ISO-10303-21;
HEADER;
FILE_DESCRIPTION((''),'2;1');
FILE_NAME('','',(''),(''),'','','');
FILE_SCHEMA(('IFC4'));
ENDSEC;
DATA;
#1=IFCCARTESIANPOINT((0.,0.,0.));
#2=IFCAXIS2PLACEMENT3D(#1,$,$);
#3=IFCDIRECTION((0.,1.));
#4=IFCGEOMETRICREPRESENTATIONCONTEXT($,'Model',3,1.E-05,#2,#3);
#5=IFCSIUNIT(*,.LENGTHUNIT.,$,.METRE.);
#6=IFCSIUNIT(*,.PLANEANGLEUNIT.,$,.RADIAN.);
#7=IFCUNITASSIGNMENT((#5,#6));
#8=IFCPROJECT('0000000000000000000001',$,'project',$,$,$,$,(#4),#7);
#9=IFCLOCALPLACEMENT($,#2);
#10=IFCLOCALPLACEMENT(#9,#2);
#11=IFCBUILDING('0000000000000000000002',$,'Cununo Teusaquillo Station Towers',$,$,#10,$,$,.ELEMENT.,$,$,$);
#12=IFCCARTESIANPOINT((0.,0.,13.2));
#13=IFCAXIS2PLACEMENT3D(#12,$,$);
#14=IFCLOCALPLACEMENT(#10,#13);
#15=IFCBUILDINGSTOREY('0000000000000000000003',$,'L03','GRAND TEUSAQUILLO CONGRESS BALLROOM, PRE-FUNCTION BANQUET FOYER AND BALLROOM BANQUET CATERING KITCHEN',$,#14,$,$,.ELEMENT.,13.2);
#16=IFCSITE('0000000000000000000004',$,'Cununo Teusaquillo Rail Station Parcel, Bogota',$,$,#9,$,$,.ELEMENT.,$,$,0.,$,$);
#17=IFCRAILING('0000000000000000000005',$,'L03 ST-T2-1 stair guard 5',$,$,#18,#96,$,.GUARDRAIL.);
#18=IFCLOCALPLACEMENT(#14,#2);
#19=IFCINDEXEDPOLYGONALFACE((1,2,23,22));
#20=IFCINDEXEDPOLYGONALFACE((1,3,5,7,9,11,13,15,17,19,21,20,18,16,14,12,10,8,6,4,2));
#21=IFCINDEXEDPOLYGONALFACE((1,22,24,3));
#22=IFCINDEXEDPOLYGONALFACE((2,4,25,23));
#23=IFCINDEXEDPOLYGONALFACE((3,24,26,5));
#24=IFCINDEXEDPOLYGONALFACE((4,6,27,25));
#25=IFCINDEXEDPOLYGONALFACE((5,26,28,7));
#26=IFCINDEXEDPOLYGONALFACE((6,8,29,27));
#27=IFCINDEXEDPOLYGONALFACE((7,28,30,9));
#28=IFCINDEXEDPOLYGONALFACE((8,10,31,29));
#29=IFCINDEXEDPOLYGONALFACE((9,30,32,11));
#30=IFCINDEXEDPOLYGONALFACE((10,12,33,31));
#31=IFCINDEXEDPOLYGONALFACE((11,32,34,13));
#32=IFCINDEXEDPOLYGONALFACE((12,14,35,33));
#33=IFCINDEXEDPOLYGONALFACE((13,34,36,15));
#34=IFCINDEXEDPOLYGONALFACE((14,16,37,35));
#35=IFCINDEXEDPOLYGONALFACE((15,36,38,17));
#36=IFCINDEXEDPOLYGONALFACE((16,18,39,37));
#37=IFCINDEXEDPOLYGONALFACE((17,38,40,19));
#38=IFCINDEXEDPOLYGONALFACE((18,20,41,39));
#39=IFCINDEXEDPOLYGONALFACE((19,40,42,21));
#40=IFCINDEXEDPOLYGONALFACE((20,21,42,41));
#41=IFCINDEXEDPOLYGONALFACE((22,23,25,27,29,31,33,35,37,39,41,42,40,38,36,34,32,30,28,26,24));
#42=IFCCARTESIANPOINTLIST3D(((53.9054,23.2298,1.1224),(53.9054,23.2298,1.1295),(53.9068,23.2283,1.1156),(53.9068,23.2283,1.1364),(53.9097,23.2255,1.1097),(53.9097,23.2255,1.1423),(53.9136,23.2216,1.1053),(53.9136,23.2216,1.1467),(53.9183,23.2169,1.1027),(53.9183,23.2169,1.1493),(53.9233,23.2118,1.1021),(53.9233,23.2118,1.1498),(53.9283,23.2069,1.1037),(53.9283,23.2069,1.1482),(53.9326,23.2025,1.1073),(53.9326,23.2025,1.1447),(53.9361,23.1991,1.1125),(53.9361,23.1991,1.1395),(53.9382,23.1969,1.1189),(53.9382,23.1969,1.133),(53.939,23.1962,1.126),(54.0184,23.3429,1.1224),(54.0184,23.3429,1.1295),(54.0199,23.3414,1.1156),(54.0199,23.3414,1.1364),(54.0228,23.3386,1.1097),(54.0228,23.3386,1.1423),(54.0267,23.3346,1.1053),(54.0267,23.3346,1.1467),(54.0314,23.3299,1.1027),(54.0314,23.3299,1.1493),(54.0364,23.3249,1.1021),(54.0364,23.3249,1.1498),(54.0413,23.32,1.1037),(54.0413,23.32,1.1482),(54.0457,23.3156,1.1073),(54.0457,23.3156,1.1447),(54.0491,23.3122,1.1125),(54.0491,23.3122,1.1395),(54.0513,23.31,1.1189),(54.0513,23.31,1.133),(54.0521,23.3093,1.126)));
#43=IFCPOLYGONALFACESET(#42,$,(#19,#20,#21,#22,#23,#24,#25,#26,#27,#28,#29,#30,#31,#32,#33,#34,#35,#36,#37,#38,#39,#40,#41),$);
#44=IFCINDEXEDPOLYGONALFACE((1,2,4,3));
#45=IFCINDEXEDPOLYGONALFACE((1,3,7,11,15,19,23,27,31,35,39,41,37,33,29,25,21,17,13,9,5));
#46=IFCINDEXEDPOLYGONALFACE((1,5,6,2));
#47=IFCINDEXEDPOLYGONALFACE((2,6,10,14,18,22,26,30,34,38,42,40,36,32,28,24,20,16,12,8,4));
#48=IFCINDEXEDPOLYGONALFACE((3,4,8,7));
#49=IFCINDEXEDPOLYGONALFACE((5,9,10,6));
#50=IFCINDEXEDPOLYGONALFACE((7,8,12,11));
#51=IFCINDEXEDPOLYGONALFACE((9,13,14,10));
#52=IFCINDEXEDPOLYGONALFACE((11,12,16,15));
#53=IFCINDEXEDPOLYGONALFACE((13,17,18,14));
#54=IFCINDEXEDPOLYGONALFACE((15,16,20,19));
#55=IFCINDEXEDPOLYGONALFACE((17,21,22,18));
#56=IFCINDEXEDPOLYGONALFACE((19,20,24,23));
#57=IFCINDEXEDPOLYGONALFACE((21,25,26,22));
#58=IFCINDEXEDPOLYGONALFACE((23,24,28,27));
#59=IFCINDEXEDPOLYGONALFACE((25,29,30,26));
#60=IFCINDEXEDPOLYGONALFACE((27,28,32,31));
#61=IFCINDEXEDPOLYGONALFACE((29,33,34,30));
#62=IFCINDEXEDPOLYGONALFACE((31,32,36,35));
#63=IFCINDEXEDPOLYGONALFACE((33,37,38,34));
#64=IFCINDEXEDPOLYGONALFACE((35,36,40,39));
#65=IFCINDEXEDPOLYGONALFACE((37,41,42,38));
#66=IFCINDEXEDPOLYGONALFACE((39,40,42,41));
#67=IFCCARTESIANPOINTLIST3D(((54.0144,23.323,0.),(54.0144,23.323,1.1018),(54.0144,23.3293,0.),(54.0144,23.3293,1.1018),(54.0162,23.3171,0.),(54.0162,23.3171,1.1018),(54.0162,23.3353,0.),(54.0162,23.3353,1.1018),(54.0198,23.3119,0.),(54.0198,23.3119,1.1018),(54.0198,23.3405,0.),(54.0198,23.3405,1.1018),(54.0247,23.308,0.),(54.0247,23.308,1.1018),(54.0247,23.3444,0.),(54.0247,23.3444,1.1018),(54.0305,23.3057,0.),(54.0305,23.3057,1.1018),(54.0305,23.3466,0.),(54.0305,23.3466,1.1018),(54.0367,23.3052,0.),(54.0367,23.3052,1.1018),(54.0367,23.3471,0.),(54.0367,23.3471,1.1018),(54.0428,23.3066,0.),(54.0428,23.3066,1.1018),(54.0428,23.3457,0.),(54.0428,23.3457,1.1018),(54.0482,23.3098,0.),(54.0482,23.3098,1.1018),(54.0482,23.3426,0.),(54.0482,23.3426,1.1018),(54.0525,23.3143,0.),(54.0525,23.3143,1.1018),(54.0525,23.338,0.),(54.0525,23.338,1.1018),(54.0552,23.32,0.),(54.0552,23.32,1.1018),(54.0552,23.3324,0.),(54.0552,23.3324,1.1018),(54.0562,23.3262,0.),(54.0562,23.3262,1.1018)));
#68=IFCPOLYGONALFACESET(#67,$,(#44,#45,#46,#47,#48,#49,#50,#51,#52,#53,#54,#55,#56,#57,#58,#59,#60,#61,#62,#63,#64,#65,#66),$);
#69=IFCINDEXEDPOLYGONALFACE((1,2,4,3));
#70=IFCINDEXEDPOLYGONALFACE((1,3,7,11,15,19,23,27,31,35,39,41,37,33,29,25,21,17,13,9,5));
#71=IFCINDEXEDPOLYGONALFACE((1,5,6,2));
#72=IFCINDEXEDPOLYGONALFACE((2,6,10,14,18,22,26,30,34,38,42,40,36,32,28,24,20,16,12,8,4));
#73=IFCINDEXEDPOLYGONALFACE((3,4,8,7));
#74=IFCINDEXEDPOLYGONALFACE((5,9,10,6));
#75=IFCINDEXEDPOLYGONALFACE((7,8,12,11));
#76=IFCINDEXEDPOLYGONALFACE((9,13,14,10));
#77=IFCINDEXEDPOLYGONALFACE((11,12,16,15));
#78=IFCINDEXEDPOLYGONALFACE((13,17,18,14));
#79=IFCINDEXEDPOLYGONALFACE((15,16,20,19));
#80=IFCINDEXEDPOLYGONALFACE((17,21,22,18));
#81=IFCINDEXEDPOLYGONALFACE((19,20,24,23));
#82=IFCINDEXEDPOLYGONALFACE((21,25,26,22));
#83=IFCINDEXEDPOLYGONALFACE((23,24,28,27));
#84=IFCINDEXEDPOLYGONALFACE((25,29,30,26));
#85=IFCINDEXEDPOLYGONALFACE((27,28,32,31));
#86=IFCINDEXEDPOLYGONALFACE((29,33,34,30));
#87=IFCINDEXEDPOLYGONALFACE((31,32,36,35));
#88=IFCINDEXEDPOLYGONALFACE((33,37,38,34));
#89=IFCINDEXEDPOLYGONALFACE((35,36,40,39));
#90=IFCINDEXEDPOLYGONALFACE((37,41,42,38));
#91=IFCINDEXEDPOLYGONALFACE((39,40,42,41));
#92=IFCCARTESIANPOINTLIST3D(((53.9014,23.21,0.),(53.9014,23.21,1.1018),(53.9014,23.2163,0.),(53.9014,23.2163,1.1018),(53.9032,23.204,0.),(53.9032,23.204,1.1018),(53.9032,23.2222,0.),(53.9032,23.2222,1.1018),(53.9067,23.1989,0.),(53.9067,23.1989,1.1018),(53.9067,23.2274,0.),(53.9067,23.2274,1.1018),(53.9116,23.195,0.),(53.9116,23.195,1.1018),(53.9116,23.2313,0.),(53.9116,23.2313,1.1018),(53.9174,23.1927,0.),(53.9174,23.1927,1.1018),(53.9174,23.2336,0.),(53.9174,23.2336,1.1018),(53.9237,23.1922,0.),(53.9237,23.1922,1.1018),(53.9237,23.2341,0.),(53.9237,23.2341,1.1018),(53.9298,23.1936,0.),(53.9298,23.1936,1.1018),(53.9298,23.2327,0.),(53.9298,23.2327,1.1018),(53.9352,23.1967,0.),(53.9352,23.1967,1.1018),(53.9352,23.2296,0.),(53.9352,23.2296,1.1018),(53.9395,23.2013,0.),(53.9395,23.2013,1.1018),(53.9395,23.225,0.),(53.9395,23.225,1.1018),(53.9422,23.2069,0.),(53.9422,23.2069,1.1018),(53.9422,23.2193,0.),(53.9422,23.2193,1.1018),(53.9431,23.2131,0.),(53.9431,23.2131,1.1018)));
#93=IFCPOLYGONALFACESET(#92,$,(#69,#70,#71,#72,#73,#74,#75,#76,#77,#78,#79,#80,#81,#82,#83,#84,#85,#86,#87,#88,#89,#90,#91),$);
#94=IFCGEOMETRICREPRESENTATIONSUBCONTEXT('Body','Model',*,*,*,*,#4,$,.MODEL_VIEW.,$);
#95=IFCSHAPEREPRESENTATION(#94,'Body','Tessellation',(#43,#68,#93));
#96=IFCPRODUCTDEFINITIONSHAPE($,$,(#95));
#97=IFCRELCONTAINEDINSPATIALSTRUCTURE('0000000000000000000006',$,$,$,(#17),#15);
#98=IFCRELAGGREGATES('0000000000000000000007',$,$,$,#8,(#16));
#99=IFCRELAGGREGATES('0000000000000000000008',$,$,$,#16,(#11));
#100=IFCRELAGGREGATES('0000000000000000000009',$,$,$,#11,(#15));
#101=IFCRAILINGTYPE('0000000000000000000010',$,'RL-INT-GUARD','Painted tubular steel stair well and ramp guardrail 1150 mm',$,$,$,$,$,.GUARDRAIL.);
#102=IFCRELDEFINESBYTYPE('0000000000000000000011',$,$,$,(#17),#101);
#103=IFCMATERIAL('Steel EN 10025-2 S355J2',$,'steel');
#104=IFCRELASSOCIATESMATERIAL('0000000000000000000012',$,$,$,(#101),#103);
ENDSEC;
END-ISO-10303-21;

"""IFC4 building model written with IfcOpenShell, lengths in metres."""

from ifc_helpers import new_model, si_unit, direction, frame, origin, origin_2d, place, context, subcontext, project, spatial, circle, extrude, material, type_object, element, save


model = new_model("IFC4")

# Units and contexts
model_context = context("Model", 3, precision=1e-05, world=origin(), true_north=direction((0.0, 1.0)))
body_context = subcontext(model_context, "Body", "Model", "MODEL_VIEW")
ifc_project = project(units=[si_unit("LENGTHUNIT", "METRE"), si_unit("PLANEANGLEUNIT", "RADIAN")], contexts=[model_context])

# Site, building, storey
site_placement = place(None, origin())
site = spatial("IfcSite", under=ifc_project, at=site_placement, Name="Cununo Teusaquillo Rail Station Parcel, Bogota", CompositionType="ELEMENT", RefElevation=0.0)
building_placement = place(site_placement, origin())
building = spatial("IfcBuilding", under=site, at=building_placement, Name="Cununo Teusaquillo Station Towers", CompositionType="ELEMENT")
storey_placement = place(building_placement, frame((0.0, 0.0, 13.2)))
storey = spatial("IfcBuildingStorey", under=building, at=storey_placement, Name="L03", Description="GRAND TEUSAQUILLO CONGRESS BALLROOM, PRE-FUNCTION BANQUET FOYER AND BALLROOM BANQUET CATERING KITCHEN", CompositionType="ELEMENT", Elevation=13.2)

# Railing
ifc_material_1 = material(Name="Steel EN 10025-2 S355J2", Category="steel")
railing_type_1 = type_object("IfcRailingType", Name="RL-INT-GUARD", Description="Painted tubular steel stair well and ramp guardrail 1150 mm", PredefinedType="GUARDRAIL", material=ifc_material_1)
railing_1_placement = place(storey_placement, frame((54.0352, 23.3262, 0.0)))
element("IfcRailing", 1, at=railing_1_placement, inside=storey, type_object=railing_type_1, Name="L03 ST-T2-1 stair guard 5", PredefinedType="GUARDRAIL", context=body_context, shape_type="SweptSolid", body=[
    extrude(circle(Radius=0.0239, at=origin_2d()), frame((0.0, 0.0, 1.126), z_axis=(-0.707107, -0.707107, 0.0), x_axis=(0.707107, -0.707107, 0.0)), (0.0, 0.0, 1.0), 0.1599),
    extrude(circle(Radius=0.021, at=origin_2d()), origin(), (0.0, 0.0, 1.0), 1.1018),
    extrude(circle(Radius=0.021, at=origin_2d()), frame((-0.113, -0.113, 0.0)), (0.0, 0.0, 1.0), 1.1018),
])

save(model, "model.ifc")
